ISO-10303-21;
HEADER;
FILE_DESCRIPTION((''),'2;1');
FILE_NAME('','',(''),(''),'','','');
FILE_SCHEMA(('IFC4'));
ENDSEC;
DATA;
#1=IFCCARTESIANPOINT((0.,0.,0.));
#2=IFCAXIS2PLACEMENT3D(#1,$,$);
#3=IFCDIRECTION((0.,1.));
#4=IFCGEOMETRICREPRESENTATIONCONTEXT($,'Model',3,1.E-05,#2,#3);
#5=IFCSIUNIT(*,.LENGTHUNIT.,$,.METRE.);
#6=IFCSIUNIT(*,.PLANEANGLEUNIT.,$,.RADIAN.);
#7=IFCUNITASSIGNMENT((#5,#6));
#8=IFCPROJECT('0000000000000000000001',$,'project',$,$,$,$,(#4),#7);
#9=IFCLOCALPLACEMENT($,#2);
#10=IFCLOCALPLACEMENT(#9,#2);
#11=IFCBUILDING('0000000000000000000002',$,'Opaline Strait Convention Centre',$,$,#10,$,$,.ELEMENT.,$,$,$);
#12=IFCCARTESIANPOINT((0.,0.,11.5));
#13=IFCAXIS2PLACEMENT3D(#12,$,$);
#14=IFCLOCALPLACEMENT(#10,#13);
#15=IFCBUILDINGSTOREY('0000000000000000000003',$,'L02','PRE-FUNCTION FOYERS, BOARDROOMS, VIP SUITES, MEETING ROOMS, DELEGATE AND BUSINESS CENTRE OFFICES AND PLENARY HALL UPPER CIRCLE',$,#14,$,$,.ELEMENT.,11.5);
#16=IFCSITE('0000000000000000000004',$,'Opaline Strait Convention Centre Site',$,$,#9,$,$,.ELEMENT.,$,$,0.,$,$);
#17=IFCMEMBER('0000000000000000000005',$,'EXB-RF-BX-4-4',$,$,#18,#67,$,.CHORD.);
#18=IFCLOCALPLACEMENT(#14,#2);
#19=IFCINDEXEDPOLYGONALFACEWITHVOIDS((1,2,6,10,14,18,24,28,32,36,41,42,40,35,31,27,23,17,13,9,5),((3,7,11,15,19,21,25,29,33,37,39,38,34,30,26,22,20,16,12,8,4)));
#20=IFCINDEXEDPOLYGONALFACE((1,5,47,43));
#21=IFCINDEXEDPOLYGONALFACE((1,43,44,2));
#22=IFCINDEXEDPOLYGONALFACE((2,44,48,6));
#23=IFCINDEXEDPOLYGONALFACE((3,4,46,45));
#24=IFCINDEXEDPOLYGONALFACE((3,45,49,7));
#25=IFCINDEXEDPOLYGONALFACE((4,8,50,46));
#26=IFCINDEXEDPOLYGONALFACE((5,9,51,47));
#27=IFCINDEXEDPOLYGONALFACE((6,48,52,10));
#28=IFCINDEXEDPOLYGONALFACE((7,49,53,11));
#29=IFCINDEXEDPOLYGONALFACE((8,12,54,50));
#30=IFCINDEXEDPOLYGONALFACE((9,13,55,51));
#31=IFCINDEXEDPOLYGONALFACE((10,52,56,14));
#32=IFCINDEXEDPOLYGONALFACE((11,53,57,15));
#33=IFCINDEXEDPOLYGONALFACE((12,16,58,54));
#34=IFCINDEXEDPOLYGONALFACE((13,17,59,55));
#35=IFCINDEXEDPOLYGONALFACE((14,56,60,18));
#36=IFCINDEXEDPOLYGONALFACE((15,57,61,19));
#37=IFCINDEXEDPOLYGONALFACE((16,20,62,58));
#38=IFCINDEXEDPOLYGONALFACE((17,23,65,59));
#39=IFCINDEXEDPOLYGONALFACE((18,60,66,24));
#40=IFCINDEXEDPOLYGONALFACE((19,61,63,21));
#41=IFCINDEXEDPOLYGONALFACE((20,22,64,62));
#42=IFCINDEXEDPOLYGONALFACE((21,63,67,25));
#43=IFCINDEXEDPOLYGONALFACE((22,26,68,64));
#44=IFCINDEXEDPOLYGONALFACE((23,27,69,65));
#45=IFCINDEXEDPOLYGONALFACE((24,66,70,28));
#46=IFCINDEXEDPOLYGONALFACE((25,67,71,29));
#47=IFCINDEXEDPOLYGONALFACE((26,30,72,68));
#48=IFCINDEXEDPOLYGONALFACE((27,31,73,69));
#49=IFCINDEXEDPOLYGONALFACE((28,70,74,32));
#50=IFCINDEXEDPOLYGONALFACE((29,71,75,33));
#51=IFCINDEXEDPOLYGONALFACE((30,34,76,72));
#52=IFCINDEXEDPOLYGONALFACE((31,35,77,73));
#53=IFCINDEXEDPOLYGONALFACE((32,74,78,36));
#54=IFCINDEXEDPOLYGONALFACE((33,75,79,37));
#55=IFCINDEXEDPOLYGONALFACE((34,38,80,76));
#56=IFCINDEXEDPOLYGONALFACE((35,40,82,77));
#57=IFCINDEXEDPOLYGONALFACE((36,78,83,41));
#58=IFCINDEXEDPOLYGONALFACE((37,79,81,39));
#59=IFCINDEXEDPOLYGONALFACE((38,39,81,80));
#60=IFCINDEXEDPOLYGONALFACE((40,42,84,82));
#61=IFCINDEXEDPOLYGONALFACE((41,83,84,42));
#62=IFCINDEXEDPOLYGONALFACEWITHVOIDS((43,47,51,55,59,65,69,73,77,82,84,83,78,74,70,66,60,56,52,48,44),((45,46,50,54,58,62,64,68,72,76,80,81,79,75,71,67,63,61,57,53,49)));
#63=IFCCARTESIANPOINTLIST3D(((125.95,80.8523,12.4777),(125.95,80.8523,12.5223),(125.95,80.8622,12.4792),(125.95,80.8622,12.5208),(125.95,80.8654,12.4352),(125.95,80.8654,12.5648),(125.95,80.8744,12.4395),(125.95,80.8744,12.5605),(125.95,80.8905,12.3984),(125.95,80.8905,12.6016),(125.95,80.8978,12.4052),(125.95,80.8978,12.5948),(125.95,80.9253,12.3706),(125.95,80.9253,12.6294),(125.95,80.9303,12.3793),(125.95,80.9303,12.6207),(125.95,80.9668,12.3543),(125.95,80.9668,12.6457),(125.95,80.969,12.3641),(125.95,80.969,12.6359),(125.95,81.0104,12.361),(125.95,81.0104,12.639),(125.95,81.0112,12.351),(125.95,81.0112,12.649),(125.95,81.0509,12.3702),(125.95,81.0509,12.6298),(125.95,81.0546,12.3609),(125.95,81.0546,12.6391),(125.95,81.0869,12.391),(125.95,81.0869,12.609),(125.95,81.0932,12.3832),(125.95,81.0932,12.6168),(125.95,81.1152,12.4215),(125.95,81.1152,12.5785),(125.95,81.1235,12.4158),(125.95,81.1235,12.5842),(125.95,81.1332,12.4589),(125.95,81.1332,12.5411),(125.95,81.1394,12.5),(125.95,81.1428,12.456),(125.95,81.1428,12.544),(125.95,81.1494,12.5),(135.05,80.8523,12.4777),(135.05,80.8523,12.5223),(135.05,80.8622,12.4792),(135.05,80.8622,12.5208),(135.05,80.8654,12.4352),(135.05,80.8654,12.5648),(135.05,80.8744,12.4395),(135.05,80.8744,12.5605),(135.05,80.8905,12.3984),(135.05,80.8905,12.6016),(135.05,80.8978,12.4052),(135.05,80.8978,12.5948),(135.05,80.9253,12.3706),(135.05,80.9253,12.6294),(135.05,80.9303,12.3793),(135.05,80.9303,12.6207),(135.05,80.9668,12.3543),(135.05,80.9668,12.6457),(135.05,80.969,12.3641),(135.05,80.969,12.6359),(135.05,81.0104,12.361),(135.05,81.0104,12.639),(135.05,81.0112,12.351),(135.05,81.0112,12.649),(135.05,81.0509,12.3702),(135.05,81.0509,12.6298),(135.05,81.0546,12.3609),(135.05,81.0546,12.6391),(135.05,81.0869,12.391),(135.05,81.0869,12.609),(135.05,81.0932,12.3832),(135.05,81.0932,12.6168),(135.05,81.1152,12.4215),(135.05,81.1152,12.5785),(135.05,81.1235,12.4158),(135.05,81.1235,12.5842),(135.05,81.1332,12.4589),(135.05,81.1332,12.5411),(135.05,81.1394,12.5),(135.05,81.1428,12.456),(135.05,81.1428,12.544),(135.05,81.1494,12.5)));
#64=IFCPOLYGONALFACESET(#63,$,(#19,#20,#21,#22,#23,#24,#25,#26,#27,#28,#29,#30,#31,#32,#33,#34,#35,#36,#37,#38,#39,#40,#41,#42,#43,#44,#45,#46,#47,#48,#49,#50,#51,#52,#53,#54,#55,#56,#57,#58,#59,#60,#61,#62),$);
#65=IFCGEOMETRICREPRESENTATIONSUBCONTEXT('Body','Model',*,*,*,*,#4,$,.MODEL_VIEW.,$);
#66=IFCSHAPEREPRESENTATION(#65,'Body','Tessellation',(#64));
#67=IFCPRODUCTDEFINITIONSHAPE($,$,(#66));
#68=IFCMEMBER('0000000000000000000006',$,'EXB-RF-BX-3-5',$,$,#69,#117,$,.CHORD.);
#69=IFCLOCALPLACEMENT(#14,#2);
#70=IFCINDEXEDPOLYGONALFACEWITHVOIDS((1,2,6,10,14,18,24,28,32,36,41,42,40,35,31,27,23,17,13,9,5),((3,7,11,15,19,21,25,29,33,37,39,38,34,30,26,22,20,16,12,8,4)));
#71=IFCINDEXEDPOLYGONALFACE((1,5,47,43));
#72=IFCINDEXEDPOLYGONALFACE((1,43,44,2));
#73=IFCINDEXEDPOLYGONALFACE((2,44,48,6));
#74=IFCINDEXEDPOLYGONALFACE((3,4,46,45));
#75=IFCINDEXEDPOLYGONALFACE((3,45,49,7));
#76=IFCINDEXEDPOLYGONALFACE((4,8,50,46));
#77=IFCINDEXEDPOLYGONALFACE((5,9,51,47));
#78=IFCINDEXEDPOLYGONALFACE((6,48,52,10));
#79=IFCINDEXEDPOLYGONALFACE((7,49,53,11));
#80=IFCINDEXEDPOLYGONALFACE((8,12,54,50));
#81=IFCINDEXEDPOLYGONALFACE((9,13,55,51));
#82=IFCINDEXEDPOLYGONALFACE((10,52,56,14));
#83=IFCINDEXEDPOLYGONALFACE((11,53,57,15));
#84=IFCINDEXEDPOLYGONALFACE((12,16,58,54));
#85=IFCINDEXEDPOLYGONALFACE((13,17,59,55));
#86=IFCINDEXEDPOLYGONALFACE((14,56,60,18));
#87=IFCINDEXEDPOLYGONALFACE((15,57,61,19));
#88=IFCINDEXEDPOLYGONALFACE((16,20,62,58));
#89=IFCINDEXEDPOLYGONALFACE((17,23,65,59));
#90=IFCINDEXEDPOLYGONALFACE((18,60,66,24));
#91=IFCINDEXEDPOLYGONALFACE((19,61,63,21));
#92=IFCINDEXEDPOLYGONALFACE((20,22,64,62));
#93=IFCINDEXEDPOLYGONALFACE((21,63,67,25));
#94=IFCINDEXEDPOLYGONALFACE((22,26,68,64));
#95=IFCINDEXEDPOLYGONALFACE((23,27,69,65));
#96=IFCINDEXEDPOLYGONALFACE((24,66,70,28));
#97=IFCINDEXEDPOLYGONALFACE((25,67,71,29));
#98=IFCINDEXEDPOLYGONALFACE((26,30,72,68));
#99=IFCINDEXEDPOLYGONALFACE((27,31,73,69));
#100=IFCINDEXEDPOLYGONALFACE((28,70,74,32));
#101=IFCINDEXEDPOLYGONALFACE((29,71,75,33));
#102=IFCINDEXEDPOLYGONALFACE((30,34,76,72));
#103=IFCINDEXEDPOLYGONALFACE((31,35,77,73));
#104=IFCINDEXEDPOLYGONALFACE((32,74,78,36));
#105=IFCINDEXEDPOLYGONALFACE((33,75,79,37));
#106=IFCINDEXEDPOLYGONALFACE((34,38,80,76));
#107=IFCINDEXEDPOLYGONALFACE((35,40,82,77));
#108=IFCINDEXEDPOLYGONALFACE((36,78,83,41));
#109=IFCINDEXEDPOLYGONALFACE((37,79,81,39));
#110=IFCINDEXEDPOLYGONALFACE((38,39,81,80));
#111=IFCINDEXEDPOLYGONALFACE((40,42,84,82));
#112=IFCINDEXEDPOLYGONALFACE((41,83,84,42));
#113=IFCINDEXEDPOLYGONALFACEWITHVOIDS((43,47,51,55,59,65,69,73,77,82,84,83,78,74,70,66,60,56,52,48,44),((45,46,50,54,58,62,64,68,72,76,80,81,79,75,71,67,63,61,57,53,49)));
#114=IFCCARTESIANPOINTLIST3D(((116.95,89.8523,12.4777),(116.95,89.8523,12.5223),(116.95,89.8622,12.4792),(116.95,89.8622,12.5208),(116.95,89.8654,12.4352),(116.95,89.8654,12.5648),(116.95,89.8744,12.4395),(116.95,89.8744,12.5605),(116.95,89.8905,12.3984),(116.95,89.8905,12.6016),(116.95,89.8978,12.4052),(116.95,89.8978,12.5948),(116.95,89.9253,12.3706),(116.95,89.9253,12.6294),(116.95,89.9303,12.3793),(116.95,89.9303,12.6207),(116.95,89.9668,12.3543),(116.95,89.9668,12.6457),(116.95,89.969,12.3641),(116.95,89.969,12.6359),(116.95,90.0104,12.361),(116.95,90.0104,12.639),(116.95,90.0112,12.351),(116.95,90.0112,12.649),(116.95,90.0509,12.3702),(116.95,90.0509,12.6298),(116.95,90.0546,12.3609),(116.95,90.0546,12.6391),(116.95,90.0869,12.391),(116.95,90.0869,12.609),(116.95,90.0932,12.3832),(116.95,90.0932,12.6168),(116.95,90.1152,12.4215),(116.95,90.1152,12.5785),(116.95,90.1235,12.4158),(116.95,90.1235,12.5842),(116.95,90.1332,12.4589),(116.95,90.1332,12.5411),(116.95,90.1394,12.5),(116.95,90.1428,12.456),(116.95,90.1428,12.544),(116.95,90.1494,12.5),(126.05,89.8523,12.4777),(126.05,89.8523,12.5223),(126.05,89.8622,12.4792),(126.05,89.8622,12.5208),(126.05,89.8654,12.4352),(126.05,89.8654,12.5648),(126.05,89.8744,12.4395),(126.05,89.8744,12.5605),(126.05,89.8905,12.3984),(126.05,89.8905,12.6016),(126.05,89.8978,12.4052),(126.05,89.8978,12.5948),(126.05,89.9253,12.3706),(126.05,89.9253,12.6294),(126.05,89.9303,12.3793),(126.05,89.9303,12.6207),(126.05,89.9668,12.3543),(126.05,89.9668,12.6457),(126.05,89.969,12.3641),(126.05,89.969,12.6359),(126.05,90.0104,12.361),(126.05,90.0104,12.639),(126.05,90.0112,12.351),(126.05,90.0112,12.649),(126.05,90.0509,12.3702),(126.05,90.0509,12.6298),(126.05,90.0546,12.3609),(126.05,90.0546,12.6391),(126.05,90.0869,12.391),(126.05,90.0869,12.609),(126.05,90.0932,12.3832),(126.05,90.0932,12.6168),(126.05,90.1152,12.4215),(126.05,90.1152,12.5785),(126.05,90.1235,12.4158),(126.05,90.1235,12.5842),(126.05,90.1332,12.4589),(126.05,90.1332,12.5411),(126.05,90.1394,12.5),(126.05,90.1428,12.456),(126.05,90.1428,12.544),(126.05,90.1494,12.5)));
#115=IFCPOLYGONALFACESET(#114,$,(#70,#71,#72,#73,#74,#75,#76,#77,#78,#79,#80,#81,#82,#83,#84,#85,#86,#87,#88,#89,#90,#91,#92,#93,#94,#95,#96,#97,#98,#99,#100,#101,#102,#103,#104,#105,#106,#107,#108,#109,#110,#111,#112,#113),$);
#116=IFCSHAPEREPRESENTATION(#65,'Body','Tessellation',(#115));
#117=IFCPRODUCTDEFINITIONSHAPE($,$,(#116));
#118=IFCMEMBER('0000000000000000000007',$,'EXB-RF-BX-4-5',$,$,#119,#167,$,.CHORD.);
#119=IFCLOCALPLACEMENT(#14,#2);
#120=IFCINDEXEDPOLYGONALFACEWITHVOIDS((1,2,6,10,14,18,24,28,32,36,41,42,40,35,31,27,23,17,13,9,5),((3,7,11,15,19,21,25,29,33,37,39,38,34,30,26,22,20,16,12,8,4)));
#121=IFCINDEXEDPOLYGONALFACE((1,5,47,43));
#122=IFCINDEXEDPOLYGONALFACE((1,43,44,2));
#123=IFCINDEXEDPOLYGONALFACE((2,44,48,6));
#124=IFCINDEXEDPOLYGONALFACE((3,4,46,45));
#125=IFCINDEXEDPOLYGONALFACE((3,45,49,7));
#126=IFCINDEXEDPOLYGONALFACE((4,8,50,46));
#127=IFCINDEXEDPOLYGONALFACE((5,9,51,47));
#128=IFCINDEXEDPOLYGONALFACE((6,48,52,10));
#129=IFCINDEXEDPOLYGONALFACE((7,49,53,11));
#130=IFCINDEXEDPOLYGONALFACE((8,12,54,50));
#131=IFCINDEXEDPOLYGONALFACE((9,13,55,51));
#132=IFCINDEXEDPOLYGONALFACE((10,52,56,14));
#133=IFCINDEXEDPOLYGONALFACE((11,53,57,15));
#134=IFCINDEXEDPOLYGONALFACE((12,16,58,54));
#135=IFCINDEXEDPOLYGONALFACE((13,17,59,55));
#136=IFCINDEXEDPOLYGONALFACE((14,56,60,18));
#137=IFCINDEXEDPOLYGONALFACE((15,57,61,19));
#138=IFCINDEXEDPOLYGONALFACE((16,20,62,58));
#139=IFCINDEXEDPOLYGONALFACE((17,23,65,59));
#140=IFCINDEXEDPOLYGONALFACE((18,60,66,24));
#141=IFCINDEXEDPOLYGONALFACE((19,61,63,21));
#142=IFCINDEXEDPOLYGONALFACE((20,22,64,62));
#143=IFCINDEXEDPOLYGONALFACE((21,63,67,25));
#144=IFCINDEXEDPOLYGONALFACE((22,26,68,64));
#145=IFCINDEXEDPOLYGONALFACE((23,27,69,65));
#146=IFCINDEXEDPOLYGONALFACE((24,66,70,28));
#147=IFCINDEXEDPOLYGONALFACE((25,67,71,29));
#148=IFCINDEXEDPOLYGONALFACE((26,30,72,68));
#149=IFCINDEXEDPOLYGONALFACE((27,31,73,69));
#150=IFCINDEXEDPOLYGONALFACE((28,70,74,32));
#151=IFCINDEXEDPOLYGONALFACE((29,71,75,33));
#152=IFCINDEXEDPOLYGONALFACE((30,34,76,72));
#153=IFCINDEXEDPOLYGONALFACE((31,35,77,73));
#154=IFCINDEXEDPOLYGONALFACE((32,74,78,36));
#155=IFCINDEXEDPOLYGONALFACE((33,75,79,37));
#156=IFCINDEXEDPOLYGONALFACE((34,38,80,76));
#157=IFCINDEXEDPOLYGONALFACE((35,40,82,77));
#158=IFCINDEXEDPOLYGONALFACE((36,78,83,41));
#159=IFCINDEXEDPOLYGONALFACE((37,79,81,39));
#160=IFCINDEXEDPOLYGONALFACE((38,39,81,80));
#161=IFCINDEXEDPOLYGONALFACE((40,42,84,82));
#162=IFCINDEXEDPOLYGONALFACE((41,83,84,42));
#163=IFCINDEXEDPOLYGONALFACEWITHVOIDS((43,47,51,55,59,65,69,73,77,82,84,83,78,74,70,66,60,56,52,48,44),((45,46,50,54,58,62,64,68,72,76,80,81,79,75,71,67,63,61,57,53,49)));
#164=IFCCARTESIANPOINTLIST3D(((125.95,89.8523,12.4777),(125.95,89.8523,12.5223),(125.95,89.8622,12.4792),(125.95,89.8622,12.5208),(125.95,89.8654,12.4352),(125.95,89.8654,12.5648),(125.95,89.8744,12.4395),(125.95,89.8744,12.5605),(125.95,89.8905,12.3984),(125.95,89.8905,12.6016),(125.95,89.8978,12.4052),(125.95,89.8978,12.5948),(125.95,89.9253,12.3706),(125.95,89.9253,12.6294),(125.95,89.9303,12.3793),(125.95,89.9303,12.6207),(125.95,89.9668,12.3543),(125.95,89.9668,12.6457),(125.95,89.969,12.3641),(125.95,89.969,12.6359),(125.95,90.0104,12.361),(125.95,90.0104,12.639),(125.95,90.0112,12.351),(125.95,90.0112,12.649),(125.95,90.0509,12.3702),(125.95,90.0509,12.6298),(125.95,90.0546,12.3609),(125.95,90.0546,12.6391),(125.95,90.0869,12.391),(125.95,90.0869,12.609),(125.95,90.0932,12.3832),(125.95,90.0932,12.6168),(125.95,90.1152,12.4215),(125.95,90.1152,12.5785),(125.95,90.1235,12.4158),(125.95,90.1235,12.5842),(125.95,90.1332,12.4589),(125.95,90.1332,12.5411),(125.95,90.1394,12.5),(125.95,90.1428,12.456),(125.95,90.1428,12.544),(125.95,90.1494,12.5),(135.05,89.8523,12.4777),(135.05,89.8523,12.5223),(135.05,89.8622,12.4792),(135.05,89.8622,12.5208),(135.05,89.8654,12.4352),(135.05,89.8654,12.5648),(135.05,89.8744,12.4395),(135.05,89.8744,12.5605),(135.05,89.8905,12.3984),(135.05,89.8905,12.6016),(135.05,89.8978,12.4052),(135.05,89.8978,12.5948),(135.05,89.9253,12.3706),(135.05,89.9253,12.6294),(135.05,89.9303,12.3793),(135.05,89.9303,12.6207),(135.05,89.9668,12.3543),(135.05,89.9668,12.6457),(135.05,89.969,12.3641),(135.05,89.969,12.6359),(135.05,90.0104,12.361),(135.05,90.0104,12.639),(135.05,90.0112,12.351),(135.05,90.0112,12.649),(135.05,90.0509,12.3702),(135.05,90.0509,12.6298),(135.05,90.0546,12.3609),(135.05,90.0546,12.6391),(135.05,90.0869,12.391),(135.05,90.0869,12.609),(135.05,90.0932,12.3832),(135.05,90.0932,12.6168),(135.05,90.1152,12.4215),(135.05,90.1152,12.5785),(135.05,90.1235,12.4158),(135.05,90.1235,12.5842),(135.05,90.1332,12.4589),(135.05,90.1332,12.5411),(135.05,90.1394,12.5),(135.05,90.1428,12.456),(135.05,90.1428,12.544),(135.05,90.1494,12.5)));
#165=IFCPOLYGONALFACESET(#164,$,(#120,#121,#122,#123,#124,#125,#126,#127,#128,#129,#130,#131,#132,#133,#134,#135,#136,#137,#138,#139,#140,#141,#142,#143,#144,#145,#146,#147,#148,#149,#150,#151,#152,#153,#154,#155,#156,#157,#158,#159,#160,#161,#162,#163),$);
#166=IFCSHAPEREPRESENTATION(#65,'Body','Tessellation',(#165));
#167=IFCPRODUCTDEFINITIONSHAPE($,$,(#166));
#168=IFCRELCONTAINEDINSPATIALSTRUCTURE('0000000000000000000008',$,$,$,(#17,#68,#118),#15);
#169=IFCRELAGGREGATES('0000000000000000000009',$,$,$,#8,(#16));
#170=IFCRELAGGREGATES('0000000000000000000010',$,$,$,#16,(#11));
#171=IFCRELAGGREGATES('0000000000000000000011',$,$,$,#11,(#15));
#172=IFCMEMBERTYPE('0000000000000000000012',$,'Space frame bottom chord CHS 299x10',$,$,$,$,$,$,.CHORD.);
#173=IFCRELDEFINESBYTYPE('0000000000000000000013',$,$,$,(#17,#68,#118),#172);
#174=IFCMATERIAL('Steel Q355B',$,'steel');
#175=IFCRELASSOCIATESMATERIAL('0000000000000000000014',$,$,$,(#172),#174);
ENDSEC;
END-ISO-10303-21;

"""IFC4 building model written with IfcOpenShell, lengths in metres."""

from ifc_helpers import new_model, si_unit, direction, frame, origin, origin_2d, place, context, subcontext, project, spatial, hollow_circle, extrude, material, material_profile, profile_set, type_object, element, save


model = new_model("IFC4")

# Units and contexts
model_context = context("Model", 3, precision=1e-05, world=origin(), true_north=direction((0.0, 1.0)))
body_context = subcontext(model_context, "Body", "Model", "MODEL_VIEW")
ifc_project = project(units=[si_unit("LENGTHUNIT", "METRE"), si_unit("PLANEANGLEUNIT", "RADIAN")], contexts=[model_context])

# Site, building, storey
site_placement = place(None, origin())
site = spatial("IfcSite", under=ifc_project, at=site_placement, Name="Opaline Strait Convention Centre Site", CompositionType="ELEMENT", RefElevation=0.0)
building_placement = place(site_placement, origin())
building = spatial("IfcBuilding", under=site, at=building_placement, Name="Opaline Strait Convention Centre", CompositionType="ELEMENT")
storey_placement = place(building_placement, frame((0.0, 0.0, 11.5)))
storey = spatial("IfcBuildingStorey", under=building, at=storey_placement, Name="L02", Description="PRE-FUNCTION FOYERS, BOARDROOMS, VIP SUITES, MEETING ROOMS, DELEGATE AND BUSINESS CENTRE OFFICES AND PLENARY HALL UPPER CIRCLE", CompositionType="ELEMENT", Elevation=11.5)

# Members
ifc_material = material(Name="Steel Q355B", Category="steel")
ifc_material_profile_1 = material_profile(ifc_material, hollow_circle(Radius=0.1494, WallThickness=0.01, at=origin_2d()), Name="CHS 299x10")
ifc_profile_set_1 = profile_set([ifc_material_profile_1], Name="Steel Q355B")
member_type_1 = type_object("IfcMemberType", Name="Space frame bottom chord CHS 299x10", PredefinedType="CHORD", material=ifc_profile_set_1)
for number, where, z_axis, x_axis, name in (
    (1, (125.95, 81.0, 12.5), (1.0, 0.0, 0.0), (0.0, 1.0, 0.0), "EXB-RF-BX-4-4"),
    (2, (116.95, 90.0, 12.5), (1.0, 0.0, 0.0), (0.0, 1.0, 0.0), "EXB-RF-BX-3-5"),
    (3, (125.95, 90.0, 12.5), (1.0, 0.0, 0.0), (0.0, 1.0, 0.0), "EXB-RF-BX-4-5"),
):
    element("IfcMember", number, at=place(storey_placement, frame(where, z_axis=z_axis, x_axis=x_axis)), inside=storey, type_object=member_type_1, Name=name, PredefinedType="CHORD", context=body_context, shape_type="SweptSolid", body=[
        extrude(hollow_circle(Radius=0.1494, WallThickness=0.01, at=origin_2d()), origin(), (0.0, 0.0, 1.0), 9.1001),
    ])

save(model, "model.ifc")
